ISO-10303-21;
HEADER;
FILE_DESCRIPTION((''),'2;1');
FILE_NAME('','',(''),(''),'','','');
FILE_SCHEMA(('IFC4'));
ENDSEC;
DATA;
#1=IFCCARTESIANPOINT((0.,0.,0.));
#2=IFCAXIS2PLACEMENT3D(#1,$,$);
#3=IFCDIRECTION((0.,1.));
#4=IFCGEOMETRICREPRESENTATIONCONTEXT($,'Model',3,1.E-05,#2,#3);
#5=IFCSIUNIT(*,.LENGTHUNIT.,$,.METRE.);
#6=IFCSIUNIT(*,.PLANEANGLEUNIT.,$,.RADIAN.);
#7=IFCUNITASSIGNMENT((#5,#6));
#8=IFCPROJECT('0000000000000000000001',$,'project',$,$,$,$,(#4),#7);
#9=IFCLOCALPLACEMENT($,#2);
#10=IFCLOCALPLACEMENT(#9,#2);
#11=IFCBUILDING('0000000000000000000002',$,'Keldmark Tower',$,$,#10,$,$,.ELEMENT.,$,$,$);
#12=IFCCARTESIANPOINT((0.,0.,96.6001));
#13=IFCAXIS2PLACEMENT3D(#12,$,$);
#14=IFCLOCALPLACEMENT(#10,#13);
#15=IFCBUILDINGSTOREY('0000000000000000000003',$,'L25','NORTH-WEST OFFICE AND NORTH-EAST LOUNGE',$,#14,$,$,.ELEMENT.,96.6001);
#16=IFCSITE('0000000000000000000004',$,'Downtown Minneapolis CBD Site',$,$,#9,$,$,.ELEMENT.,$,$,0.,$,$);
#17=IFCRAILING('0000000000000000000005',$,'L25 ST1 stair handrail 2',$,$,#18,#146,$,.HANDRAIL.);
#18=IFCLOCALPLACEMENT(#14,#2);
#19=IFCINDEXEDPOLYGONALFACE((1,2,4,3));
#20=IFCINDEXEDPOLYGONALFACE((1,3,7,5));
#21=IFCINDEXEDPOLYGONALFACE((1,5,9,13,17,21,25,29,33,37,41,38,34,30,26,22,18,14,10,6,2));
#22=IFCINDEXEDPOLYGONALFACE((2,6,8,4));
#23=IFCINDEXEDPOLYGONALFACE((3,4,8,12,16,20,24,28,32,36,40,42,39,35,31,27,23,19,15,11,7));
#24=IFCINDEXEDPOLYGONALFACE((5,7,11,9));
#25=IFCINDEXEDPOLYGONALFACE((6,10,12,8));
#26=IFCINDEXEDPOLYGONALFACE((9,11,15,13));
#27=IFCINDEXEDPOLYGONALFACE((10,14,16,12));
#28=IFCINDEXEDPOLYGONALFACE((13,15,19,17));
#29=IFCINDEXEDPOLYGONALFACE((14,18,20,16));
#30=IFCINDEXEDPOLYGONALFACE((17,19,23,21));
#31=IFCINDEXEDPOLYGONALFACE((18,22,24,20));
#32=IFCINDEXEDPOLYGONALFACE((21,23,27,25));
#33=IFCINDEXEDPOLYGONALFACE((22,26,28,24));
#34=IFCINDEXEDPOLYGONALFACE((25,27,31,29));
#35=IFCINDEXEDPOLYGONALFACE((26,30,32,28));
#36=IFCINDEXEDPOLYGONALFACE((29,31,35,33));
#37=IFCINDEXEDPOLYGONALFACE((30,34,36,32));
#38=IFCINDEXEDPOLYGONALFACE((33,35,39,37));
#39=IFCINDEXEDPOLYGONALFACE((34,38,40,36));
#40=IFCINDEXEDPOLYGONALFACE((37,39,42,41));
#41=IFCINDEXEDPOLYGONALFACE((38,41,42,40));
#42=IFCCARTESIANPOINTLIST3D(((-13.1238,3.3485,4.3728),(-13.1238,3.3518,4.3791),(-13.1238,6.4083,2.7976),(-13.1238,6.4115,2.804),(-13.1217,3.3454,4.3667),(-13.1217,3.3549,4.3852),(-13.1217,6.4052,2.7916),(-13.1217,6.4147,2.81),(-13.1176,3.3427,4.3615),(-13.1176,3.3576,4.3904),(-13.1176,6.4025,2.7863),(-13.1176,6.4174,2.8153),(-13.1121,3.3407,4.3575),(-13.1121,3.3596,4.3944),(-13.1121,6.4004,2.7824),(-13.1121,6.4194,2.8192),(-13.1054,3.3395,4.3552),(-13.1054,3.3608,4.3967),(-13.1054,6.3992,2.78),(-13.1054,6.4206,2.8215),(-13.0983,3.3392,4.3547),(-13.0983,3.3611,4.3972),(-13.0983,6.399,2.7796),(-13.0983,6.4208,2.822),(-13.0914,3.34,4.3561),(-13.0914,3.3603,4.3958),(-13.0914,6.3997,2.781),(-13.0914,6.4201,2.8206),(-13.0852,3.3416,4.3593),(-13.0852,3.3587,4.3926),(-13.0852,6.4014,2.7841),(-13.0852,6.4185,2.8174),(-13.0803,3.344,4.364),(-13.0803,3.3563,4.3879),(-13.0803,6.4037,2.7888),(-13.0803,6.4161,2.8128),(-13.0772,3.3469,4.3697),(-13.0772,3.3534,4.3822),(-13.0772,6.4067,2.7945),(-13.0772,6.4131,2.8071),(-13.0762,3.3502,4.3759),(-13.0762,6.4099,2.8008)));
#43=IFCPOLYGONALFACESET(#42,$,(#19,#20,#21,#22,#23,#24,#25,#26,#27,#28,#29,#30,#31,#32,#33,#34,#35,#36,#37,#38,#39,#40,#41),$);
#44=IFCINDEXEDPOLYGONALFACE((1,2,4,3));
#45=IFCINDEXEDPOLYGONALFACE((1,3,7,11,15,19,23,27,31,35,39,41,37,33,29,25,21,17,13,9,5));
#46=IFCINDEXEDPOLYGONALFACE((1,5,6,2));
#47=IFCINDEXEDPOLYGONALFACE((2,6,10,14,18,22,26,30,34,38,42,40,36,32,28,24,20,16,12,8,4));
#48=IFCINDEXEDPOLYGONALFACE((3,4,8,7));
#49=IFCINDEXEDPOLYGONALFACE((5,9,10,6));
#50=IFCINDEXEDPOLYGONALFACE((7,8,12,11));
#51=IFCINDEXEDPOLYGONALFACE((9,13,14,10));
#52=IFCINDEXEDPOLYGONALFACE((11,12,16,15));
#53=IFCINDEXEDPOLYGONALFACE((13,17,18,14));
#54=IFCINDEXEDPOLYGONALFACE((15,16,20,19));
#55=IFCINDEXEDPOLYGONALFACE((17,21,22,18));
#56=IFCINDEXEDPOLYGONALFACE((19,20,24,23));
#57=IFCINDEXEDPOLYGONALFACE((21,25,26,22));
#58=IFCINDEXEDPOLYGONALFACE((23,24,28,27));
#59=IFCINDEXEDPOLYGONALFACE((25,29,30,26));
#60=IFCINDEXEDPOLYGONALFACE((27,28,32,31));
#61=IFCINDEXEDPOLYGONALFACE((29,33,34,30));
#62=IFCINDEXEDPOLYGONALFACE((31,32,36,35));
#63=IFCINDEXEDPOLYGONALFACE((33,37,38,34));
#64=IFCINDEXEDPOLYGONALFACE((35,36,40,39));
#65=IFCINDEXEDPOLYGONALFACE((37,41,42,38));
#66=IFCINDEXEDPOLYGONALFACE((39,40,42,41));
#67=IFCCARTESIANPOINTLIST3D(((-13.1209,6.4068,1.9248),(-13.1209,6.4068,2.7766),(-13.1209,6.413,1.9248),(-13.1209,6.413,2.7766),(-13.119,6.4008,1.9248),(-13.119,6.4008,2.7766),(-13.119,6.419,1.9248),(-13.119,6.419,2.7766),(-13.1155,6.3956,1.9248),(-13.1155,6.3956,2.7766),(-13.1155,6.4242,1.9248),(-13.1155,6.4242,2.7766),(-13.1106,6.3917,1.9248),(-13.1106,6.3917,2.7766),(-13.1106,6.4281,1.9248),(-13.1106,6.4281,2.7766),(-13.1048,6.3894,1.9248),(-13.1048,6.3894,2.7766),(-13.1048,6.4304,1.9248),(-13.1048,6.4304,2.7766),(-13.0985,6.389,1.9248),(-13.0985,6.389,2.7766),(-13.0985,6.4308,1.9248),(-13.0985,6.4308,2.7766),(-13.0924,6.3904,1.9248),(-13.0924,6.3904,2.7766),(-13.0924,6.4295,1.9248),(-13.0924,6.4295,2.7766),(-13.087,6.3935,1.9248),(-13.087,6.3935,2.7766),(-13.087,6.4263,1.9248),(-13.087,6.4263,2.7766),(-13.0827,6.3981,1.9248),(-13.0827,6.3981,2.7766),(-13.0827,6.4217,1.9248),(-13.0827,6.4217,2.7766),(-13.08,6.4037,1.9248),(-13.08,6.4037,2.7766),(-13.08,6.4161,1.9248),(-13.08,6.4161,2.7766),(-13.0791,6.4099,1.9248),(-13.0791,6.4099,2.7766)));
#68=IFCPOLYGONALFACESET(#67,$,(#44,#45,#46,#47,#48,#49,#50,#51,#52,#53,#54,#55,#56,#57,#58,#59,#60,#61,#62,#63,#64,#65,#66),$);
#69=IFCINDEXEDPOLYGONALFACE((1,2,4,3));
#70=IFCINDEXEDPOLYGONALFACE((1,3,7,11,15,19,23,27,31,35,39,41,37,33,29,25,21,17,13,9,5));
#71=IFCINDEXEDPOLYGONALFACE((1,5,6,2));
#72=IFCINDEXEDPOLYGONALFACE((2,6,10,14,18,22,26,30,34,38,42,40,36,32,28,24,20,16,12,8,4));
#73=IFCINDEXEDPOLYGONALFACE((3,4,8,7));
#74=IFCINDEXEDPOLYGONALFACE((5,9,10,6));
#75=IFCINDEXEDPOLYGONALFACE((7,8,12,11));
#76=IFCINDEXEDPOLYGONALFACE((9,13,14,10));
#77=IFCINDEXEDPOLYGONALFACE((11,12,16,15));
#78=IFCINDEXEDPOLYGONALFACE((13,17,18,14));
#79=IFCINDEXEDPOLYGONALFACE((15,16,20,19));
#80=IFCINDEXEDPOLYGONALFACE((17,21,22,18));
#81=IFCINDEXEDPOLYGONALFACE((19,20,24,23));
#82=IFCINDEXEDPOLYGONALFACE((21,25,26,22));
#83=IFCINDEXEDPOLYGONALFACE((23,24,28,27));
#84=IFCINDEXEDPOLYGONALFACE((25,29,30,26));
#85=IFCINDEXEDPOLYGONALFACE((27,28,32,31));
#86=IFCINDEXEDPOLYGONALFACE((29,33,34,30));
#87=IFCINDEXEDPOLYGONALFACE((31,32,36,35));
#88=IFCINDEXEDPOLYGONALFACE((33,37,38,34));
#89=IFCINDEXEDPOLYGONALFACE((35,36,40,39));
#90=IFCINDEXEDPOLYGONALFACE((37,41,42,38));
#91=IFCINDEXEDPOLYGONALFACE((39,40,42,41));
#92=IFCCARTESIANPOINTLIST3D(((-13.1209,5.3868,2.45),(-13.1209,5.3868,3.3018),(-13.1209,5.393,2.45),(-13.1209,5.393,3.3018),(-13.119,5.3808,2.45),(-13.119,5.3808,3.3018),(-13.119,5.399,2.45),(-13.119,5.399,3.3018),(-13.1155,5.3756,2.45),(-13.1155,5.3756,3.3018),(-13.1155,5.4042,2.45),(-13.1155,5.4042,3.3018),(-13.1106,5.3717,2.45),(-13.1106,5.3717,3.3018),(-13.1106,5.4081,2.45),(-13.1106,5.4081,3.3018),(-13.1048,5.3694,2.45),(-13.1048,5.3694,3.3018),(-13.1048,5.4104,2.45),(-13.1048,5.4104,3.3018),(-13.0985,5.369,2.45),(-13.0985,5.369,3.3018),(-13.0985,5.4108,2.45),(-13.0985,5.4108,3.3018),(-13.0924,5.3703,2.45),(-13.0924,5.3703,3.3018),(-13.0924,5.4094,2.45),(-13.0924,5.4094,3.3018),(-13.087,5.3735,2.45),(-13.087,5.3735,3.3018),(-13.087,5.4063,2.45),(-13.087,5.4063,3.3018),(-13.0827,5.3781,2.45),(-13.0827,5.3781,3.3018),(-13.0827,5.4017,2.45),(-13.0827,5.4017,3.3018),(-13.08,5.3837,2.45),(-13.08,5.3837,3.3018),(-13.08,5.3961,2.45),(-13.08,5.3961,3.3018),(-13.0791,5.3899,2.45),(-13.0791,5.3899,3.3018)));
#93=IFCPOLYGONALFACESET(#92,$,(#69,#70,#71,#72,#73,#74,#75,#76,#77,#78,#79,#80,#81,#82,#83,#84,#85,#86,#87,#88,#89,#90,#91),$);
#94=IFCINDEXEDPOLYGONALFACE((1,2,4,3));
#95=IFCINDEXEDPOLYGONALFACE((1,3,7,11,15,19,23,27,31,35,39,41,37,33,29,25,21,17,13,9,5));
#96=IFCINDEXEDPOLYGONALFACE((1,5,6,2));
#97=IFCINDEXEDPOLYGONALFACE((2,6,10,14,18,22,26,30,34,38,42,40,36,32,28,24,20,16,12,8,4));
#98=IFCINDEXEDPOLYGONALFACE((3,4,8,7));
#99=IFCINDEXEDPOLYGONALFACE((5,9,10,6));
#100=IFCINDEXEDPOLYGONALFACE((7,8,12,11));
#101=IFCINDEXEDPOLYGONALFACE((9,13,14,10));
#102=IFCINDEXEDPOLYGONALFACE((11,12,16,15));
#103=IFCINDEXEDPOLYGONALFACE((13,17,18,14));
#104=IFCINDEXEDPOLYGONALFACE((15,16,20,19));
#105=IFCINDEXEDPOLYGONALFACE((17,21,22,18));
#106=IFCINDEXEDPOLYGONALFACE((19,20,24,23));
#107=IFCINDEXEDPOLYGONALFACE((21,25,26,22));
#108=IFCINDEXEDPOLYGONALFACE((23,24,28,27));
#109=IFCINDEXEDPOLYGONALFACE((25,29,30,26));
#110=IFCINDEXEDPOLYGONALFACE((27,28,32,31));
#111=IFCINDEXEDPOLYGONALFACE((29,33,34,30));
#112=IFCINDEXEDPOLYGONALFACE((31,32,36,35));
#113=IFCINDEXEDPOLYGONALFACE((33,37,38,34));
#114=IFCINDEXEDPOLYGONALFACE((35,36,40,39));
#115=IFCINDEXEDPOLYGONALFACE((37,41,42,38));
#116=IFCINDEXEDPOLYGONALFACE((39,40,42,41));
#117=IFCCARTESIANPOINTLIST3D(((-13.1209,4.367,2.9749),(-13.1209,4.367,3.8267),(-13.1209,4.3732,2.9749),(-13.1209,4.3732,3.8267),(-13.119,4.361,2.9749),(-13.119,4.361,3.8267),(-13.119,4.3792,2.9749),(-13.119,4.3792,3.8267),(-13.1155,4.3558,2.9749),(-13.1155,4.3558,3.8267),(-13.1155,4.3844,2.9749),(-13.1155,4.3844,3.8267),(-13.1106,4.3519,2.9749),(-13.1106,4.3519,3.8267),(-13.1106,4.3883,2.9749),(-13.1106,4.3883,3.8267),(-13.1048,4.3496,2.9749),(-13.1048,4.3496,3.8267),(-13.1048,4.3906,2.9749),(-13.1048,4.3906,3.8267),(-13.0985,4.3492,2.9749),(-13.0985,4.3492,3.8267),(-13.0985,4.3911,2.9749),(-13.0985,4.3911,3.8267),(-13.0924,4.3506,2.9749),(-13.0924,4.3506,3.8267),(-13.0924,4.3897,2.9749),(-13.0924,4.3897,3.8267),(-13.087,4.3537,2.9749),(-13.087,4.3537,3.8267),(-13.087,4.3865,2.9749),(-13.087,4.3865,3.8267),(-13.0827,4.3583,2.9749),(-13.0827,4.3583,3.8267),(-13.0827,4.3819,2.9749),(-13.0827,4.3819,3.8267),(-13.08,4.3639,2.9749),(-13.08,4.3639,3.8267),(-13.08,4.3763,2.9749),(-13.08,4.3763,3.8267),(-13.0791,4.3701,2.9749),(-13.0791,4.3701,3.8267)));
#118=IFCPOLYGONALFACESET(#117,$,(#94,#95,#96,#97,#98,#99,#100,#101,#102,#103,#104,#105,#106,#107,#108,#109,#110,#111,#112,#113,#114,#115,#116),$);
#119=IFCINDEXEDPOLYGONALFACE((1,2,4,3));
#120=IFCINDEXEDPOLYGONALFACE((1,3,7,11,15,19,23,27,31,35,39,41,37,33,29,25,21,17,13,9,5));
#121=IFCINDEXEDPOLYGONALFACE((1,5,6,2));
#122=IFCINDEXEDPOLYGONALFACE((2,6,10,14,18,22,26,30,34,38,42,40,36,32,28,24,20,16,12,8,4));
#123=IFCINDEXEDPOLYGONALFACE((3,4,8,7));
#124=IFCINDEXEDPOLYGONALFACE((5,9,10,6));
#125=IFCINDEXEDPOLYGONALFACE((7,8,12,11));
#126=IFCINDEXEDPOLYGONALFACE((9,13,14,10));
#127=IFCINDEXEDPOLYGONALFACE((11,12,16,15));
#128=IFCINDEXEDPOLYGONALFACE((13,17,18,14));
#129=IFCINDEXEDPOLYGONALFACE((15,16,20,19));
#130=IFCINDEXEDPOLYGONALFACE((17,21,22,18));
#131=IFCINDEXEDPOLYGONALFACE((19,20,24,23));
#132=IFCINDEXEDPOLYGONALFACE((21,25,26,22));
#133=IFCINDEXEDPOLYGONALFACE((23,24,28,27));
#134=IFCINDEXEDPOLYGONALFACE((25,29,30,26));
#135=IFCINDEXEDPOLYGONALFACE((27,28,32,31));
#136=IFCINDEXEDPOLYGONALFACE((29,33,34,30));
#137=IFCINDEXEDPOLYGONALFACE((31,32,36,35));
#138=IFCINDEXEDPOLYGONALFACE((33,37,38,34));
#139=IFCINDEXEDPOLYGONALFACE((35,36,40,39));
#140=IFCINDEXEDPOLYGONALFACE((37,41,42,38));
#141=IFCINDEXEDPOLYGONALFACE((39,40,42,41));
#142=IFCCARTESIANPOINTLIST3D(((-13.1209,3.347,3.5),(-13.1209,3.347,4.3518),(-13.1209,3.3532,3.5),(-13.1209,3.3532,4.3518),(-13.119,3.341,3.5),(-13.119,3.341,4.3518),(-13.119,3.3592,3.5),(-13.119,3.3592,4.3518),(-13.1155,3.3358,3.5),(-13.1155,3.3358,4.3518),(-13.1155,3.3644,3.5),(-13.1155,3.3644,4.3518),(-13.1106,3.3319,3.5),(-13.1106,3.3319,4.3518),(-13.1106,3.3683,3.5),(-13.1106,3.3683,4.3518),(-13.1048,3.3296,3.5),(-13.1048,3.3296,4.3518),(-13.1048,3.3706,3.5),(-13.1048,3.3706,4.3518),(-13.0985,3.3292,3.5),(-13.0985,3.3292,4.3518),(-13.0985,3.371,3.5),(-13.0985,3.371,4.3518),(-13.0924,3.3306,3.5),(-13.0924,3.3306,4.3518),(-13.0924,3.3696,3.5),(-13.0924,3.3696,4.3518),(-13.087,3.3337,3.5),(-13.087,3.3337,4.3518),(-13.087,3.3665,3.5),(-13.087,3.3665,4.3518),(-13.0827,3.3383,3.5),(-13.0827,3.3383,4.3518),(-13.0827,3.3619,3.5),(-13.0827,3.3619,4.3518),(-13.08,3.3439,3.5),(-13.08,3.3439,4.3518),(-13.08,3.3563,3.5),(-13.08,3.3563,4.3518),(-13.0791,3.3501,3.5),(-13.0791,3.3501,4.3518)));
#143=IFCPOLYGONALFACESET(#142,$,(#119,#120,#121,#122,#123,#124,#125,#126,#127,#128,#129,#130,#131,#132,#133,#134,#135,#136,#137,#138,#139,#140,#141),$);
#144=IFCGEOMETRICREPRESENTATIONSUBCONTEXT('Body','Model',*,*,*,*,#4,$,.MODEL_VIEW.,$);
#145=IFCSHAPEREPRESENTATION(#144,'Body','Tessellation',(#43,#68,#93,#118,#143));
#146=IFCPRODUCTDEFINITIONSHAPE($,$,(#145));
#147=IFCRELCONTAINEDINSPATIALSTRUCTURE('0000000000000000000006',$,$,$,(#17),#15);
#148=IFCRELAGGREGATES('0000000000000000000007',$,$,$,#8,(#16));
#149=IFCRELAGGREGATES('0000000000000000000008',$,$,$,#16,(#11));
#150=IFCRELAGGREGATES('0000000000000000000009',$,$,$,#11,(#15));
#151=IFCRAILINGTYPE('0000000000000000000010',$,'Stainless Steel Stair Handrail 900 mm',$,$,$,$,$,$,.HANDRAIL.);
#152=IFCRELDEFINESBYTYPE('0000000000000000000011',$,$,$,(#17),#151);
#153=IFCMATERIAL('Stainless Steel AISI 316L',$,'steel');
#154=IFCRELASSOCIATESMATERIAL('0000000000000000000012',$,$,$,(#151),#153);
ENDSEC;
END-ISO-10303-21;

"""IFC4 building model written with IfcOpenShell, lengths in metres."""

from ifc_helpers import new_model, si_unit, direction, frame, origin, origin_2d, place, context, subcontext, project, spatial, circle, extrude, material, type_object, element, save


model = new_model("IFC4")

# Units and contexts
model_context = context("Model", 3, precision=1e-05, world=origin(), true_north=direction((0.0, 1.0)))
body_context = subcontext(model_context, "Body", "Model", "MODEL_VIEW")
ifc_project = project(units=[si_unit("LENGTHUNIT", "METRE"), si_unit("PLANEANGLEUNIT", "RADIAN")], contexts=[model_context])

# Site, building, storey
site_placement = place(None, origin())
site = spatial("IfcSite", under=ifc_project, at=site_placement, Name="Downtown Minneapolis CBD Site", CompositionType="ELEMENT", RefElevation=0.0)
building_placement = place(site_placement, origin())
building = spatial("IfcBuilding", under=site, at=building_placement, Name="Keldmark Tower", CompositionType="ELEMENT")
storey_placement = place(building_placement, frame((0.0, 0.0, 96.6001)))
storey = spatial("IfcBuildingStorey", under=building, at=storey_placement, Name="L25", Description="NORTH-WEST OFFICE AND NORTH-EAST LOUNGE", CompositionType="ELEMENT", Elevation=96.6001)

# Railing
ifc_material_1 = material(Name="Stainless Steel AISI 316L", Category="steel")
railing_type_1 = type_object("IfcRailingType", Name="Stainless Steel Stair Handrail 900 mm", PredefinedType="HANDRAIL", material=ifc_material_1)
railing_1_placement = place(storey_placement, frame((-13.1001, 6.4099, 1.9248)))
element("IfcRailing", 1, at=railing_1_placement, inside=storey, type_object=railing_type_1, Name="L25 ST1 stair handrail 2", PredefinedType="HANDRAIL", context=body_context, shape_type="SweptSolid", body=[
    extrude(circle(Radius=0.0239, at=origin_2d()), frame((0.0, 0.0, 0.876), z_axis=(0.0, -0.889101, 0.45771), x_axis=(1.0, 0.0, 0.0)), (0.0, 0.0, 1.0), 3.4414),
    extrude(circle(Radius=0.021, at=origin_2d()), origin(), (0.0, 0.0, 1.0), 0.8518),
    extrude(circle(Radius=0.021, at=origin_2d()), frame((0.0, -1.02, 0.5251)), (0.0, 0.0, 1.0), 0.8518),
    extrude(circle(Radius=0.021, at=origin_2d()), frame((0.0, -2.0398, 1.05)), (0.0, 0.0, 1.0), 0.8518),
    extrude(circle(Radius=0.021, at=origin_2d()), frame((0.0, -3.0598, 1.5752)), (0.0, 0.0, 1.0), 0.8518),
])

save(model, "model.ifc")
